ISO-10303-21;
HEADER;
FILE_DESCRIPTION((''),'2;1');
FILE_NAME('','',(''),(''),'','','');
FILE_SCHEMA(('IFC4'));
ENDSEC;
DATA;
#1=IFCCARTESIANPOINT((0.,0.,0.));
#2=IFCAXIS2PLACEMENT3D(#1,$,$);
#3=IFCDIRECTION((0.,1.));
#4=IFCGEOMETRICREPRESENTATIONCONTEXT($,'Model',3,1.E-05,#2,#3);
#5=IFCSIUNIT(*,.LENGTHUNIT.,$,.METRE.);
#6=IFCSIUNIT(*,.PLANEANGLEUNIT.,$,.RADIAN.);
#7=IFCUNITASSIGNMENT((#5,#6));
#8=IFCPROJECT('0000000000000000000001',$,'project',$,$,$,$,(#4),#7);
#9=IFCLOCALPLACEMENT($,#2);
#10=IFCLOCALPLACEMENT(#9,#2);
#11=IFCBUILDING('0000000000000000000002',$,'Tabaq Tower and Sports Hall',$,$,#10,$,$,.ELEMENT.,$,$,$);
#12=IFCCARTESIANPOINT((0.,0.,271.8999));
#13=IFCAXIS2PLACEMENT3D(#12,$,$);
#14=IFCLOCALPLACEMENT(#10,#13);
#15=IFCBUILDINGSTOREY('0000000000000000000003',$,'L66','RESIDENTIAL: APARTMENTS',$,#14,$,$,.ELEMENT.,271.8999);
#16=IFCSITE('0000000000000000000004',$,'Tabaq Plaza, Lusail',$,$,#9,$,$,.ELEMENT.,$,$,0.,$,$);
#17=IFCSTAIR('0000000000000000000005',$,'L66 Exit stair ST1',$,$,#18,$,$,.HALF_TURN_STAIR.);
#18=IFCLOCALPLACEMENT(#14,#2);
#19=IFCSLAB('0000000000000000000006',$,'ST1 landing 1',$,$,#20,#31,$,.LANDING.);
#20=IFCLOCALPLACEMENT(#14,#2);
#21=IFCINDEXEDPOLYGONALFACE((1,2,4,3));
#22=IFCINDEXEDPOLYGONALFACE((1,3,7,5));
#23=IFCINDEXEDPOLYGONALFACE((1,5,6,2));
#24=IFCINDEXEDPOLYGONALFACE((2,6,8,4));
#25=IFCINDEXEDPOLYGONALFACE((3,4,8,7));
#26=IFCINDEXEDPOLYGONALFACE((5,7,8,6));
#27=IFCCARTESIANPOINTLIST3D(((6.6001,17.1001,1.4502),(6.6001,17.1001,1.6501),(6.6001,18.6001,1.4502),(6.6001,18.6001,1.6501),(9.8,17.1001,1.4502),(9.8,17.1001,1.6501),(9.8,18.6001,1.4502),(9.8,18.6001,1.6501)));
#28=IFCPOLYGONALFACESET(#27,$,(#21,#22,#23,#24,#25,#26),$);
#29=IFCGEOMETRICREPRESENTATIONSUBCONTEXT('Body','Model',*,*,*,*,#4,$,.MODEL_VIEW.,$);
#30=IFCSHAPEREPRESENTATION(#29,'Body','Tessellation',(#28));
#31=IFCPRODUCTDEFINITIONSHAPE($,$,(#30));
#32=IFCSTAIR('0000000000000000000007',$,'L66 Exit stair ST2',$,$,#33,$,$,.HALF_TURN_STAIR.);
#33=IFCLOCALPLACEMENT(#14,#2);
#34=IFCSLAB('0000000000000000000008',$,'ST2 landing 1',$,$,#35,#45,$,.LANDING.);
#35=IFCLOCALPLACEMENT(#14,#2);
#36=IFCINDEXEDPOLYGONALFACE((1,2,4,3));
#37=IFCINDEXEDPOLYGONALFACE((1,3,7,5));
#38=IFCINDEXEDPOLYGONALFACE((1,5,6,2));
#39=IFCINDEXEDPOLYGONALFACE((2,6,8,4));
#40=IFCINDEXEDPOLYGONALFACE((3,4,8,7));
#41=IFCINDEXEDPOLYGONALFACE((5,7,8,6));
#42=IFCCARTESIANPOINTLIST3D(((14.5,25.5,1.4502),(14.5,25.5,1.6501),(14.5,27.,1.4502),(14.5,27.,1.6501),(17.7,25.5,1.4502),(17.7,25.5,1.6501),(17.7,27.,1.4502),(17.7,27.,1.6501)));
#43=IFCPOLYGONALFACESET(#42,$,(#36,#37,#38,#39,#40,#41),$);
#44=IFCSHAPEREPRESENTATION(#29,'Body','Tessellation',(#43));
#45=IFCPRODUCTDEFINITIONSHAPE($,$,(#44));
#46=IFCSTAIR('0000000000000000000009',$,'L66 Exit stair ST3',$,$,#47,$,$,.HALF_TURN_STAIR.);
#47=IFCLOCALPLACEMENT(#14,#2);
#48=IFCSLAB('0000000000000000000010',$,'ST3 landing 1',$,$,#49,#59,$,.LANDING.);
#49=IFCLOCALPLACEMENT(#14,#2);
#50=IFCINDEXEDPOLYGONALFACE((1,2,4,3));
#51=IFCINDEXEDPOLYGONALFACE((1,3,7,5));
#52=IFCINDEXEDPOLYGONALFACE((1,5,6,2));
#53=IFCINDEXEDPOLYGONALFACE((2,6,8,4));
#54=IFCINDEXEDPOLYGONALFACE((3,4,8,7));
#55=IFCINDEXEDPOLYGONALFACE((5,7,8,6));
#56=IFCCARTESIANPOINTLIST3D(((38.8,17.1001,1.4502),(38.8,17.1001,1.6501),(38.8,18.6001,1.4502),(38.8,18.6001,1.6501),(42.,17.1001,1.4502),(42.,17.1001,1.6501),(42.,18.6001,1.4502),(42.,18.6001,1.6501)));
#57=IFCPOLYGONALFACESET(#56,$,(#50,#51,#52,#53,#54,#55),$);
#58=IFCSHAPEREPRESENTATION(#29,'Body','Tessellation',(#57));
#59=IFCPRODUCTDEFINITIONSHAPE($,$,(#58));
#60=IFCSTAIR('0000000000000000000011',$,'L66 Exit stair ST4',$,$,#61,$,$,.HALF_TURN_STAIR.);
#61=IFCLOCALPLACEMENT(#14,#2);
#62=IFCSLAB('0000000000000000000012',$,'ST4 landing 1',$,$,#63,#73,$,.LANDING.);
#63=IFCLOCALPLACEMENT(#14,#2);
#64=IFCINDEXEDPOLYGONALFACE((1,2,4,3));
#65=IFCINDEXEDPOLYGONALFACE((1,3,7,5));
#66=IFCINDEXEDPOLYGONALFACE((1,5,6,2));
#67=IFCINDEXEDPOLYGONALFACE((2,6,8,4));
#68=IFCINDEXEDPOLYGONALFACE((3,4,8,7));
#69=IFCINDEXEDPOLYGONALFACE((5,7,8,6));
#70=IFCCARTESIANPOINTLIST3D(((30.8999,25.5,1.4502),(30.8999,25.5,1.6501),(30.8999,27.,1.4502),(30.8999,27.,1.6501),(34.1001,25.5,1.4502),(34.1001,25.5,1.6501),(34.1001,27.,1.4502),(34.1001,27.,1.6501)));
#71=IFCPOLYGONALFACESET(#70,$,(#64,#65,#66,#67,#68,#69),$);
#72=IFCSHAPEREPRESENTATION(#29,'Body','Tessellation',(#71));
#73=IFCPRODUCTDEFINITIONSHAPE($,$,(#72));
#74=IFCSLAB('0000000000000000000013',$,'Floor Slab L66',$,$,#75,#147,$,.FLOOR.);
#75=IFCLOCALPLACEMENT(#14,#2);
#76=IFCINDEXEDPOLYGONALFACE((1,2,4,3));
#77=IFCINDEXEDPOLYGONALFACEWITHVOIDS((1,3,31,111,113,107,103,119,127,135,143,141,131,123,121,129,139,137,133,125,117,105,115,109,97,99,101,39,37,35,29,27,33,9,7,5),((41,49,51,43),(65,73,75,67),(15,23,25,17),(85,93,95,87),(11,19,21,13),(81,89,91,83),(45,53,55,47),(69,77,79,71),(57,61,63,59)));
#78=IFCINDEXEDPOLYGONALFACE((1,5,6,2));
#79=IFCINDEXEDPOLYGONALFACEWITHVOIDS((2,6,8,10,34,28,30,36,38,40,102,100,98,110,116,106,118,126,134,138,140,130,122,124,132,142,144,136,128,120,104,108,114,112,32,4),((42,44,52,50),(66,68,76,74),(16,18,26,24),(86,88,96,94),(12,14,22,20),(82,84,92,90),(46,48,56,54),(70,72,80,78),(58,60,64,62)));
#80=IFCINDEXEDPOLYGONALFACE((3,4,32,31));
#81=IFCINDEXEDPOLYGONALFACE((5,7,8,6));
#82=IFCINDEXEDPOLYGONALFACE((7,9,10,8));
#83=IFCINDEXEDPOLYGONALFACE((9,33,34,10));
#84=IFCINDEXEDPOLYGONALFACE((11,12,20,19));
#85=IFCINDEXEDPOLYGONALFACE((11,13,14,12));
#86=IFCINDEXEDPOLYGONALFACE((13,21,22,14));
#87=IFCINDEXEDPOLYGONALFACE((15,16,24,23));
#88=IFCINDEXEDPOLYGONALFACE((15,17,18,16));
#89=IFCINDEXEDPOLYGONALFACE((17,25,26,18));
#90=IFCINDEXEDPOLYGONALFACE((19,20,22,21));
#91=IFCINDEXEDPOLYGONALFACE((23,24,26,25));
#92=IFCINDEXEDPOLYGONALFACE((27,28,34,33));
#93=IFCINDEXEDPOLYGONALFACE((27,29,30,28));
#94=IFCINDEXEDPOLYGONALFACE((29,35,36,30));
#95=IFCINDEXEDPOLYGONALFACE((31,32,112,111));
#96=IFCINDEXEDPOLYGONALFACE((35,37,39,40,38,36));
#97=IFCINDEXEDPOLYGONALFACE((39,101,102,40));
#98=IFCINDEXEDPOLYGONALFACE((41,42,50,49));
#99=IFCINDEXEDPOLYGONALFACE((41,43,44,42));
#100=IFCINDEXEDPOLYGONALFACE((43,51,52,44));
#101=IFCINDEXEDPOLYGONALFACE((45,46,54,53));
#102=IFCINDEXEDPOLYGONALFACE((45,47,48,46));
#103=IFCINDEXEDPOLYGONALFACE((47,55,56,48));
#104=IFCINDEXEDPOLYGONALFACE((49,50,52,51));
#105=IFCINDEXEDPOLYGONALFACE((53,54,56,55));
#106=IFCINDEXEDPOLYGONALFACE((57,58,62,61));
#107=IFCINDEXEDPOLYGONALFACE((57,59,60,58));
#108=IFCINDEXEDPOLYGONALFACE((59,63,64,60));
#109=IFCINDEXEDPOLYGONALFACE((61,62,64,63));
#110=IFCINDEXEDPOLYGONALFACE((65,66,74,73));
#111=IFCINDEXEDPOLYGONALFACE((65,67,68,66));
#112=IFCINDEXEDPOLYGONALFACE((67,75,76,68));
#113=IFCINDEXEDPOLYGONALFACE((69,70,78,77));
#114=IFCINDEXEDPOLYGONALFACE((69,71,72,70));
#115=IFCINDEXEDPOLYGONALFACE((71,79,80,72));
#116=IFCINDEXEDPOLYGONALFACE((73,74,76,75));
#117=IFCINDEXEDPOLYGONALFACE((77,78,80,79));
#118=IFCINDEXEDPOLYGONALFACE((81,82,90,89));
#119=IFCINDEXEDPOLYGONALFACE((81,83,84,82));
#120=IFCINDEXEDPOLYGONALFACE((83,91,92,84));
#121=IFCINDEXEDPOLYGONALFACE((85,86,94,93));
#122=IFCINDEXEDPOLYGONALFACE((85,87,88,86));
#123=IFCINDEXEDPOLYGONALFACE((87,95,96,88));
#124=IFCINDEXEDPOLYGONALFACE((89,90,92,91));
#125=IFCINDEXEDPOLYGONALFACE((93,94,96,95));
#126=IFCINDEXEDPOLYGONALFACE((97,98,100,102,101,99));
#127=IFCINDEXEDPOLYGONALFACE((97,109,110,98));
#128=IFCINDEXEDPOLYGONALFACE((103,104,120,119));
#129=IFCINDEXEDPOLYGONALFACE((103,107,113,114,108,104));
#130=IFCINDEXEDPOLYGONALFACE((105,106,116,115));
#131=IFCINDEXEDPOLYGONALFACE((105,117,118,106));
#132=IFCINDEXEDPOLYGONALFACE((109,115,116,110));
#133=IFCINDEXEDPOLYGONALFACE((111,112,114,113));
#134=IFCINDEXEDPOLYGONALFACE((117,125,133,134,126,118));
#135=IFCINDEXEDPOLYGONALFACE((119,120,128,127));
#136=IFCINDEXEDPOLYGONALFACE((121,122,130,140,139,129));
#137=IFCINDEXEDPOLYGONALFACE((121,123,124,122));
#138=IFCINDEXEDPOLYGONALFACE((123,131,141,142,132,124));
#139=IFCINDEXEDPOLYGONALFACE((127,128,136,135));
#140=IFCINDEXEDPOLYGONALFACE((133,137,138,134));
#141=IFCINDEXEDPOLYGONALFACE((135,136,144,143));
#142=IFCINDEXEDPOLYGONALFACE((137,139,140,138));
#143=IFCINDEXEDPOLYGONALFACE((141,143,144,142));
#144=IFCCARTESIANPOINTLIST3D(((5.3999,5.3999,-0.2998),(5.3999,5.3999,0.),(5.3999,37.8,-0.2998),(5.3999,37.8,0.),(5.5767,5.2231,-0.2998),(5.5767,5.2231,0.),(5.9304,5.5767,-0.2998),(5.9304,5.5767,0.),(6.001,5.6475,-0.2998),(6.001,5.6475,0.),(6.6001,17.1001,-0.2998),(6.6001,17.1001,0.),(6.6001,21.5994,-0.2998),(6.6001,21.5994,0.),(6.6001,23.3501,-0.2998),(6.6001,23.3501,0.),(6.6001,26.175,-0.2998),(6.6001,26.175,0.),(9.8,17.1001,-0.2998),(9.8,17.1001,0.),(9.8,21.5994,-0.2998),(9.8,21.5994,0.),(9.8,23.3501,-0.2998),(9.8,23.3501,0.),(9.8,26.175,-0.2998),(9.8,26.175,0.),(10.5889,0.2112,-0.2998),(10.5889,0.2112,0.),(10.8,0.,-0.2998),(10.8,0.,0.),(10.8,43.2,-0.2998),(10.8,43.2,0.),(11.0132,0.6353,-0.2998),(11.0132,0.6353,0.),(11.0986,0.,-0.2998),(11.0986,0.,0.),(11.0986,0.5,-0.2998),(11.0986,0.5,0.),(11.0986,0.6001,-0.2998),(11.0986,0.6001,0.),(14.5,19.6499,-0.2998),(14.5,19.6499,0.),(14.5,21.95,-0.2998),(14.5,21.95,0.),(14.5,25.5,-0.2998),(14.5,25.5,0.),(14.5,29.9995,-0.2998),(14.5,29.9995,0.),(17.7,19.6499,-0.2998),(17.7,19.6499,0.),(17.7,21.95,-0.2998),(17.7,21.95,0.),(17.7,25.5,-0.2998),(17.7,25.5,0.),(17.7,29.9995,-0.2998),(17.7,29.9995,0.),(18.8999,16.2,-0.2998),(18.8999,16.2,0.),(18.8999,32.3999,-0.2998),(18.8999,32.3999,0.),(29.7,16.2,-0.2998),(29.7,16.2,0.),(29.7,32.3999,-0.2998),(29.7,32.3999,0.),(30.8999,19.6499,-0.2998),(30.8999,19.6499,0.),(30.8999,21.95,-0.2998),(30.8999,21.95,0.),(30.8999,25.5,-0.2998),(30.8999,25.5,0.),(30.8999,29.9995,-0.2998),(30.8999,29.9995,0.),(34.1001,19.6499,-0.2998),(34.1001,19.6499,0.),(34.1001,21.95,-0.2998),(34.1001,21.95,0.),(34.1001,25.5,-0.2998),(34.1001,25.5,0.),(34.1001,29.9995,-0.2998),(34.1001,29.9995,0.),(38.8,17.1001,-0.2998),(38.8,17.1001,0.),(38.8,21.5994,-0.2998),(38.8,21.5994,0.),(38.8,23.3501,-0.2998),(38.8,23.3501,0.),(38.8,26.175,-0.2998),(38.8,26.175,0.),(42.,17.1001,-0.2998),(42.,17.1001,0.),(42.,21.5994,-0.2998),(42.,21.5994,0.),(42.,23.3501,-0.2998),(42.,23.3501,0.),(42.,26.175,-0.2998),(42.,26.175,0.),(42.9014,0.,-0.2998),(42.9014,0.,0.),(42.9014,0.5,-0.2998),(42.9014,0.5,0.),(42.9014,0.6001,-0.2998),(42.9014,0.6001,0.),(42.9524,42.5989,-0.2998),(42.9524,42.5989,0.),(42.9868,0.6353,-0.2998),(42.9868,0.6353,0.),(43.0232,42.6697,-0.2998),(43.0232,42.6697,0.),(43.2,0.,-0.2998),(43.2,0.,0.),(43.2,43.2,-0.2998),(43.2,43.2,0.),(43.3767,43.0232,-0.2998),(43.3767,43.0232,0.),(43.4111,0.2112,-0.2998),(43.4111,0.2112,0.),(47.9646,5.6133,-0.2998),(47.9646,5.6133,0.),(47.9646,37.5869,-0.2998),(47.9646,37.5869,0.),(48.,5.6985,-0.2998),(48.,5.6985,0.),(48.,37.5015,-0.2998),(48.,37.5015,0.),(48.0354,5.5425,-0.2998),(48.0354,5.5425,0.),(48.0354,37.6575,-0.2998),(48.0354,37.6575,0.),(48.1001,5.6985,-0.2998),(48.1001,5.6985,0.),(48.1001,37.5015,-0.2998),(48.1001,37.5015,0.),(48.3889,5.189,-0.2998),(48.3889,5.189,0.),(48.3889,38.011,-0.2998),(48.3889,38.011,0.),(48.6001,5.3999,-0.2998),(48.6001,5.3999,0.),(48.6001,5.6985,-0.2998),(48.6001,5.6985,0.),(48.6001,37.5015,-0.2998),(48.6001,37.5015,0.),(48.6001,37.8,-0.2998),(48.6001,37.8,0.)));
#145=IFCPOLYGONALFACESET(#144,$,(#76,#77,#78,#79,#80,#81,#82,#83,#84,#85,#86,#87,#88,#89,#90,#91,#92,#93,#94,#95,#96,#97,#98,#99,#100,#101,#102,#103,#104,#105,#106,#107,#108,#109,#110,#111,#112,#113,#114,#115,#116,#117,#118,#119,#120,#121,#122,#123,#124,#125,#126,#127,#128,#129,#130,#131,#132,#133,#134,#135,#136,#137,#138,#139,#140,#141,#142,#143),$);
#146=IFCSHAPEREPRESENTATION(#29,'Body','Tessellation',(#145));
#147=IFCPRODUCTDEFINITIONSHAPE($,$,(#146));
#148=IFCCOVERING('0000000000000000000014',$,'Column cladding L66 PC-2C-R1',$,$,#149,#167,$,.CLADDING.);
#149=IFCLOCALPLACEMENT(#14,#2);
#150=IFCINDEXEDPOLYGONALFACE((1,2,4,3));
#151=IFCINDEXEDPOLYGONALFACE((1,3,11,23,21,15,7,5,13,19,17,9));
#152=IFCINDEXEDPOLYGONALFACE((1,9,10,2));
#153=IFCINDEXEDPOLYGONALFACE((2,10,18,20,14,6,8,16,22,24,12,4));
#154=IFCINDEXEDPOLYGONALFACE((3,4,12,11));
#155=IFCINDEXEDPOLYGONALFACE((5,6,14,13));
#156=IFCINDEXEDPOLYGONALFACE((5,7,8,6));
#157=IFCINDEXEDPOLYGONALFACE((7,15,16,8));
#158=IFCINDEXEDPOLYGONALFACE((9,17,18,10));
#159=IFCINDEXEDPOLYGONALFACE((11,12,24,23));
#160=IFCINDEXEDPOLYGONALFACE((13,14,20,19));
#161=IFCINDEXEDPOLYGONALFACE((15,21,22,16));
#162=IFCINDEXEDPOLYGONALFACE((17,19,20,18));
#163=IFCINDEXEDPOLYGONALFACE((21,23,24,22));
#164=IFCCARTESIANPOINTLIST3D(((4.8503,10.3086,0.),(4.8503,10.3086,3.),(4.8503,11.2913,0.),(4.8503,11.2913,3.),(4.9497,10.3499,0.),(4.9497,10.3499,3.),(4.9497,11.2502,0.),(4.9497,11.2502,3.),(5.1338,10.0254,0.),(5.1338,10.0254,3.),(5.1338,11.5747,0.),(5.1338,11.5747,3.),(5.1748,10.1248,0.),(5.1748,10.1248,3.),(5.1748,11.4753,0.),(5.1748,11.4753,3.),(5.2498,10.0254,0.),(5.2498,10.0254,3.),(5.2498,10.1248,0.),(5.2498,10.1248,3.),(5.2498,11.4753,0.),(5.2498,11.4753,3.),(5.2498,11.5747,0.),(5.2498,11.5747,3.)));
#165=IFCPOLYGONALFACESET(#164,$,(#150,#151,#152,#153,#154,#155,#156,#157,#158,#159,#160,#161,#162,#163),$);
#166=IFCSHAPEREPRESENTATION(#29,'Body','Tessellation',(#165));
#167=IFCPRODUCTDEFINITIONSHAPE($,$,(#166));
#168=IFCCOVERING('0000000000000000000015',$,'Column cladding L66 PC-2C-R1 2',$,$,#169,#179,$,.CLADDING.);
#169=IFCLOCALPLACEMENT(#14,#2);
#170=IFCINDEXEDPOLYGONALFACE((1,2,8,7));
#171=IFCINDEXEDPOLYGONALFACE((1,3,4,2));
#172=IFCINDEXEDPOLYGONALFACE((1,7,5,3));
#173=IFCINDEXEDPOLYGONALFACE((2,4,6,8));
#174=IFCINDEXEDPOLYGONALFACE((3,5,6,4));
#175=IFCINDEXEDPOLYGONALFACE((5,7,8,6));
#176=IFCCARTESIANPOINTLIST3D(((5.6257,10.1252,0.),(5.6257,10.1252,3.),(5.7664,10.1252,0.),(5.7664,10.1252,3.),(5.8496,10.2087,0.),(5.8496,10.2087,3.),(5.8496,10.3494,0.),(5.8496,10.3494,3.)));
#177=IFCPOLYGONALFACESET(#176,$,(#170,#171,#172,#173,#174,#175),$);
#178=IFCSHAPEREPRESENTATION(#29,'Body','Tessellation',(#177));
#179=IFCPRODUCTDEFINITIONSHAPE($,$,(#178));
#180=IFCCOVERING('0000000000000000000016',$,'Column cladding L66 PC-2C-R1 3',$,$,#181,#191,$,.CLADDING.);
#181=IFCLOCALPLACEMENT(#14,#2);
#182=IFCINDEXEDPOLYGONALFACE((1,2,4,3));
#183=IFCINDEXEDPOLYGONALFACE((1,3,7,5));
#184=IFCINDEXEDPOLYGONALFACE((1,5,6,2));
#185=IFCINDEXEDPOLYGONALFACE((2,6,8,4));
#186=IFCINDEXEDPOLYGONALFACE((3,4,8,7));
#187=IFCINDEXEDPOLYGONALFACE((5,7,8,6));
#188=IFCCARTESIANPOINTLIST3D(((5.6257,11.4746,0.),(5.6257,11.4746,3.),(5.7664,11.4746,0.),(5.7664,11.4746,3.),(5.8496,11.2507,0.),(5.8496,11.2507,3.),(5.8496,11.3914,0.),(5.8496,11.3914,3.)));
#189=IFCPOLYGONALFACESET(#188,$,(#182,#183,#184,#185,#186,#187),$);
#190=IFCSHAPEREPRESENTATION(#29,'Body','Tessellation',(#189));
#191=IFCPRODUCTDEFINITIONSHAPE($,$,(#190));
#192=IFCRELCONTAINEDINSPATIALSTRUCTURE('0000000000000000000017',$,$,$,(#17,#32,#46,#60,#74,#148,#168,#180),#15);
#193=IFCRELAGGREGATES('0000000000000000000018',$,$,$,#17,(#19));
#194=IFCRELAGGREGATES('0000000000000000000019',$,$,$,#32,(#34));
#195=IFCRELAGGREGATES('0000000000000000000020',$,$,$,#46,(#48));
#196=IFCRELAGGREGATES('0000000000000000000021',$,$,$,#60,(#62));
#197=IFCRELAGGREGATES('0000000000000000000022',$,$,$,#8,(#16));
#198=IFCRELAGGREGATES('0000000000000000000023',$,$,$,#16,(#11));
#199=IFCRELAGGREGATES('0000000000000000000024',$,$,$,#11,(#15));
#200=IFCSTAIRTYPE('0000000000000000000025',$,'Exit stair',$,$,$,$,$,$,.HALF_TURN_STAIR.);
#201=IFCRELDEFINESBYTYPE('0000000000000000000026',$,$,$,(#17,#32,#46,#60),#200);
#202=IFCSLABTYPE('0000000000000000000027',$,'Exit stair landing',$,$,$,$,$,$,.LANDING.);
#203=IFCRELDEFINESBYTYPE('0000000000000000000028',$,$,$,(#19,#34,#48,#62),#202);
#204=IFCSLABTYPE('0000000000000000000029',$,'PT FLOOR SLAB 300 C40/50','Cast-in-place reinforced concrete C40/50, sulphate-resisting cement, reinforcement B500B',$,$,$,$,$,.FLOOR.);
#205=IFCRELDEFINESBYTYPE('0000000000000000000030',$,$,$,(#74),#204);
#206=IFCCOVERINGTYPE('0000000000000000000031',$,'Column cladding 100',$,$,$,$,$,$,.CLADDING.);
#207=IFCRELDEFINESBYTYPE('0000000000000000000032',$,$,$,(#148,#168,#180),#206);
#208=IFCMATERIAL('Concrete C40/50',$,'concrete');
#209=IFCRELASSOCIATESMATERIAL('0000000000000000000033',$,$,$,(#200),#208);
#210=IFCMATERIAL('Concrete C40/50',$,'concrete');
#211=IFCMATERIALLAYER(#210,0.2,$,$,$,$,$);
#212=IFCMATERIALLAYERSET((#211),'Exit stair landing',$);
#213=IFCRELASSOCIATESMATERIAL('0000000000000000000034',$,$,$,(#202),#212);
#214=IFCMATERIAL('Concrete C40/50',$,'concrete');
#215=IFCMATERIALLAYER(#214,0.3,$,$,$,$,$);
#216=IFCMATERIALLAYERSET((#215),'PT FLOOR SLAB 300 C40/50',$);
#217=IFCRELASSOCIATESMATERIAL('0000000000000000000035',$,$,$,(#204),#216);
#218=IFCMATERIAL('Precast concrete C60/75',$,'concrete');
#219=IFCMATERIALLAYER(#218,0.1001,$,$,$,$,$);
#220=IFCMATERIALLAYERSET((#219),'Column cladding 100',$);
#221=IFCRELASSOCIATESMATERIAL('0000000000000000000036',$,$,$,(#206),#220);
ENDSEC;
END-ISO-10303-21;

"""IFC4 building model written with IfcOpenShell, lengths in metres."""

from ifc_helpers import new_model, si_unit, direction, frame, origin, place, context, subcontext, project, spatial, polyline, outline, extrude, material, layer, layer_set, type_object, element, aggregate, save


model = new_model("IFC4")

# Units and contexts
model_context = context("Model", 3, precision=1e-05, world=origin(), true_north=direction((0.0, 1.0)))
body_context = subcontext(model_context, "Body", "Model", "MODEL_VIEW")
ifc_project = project(units=[si_unit("LENGTHUNIT", "METRE"), si_unit("PLANEANGLEUNIT", "RADIAN")], contexts=[model_context])

# Site, building, storey
site_placement = place(None, origin())
site = spatial("IfcSite", under=ifc_project, at=site_placement, Name="Tabaq Plaza, Lusail", CompositionType="ELEMENT", RefElevation=0.0)
building_placement = place(site_placement, origin())
building = spatial("IfcBuilding", under=site, at=building_placement, Name="Tabaq Tower and Sports Hall", CompositionType="ELEMENT")
storey_placement = place(building_placement, frame((0.0, 0.0, 271.8999)))
storey = spatial("IfcBuildingStorey", under=building, at=storey_placement, Name="L66", Description="RESIDENTIAL: APARTMENTS", CompositionType="ELEMENT", Elevation=271.8999)

# Stairs, slabs
ifc_material_1 = material(Name="Concrete C40/50", Category="concrete")
stair_type = type_object("IfcStairType", Name="Exit stair", PredefinedType="HALF_TURN_STAIR", material=ifc_material_1)
stair_1_placement = place(storey_placement, origin())
stair_1 = element("IfcStair", 1, at=stair_1_placement, inside=storey, type_object=stair_type, Name="L66 Exit stair ST1", PredefinedType="HALF_TURN_STAIR")
ifc_material_2 = material(Name="Concrete C40/50", Category="concrete")
ifc_layer_1 = layer(ifc_material_2, 0.2)
ifc_layer_set_1 = layer_set([ifc_layer_1], Name="Exit stair landing")
slab_type_1 = type_object("IfcSlabType", Name="Exit stair landing", PredefinedType="LANDING", material=ifc_layer_set_1)
slab_1_placement = place(storey_placement, frame((0.0, 0.0, 1.4502)))
slab_1 = element("IfcSlab", 2, at=slab_1_placement, type_object=slab_type_1, Name="ST1 landing 1", PredefinedType="LANDING", context=body_context, shape_type="SweptSolid", body=[
    extrude(outline(polyline([(6.6001, 18.6001), (6.6001, 17.1001), (9.8, 17.1001), (9.8, 18.6001), (6.6001, 18.6001)])), origin(), (0.0, 0.0, 1.0), 0.2),
])
aggregate(stair_1, [slab_1])
stair_2_placement = place(storey_placement, origin())
stair_2 = element("IfcStair", 3, at=stair_2_placement, inside=storey, type_object=stair_type, Name="L66 Exit stair ST2", PredefinedType="HALF_TURN_STAIR")
slab_2_placement = place(storey_placement, frame((0.0, 0.0, 1.4502)))
slab_2 = element("IfcSlab", 4, at=slab_2_placement, type_object=slab_type_1, Name="ST2 landing 1", PredefinedType="LANDING", context=body_context, shape_type="SweptSolid", body=[
    extrude(outline(polyline([(14.5, 27.0), (14.5, 25.5), (17.7, 25.5), (17.7, 27.0), (14.5, 27.0)])), origin(), (0.0, 0.0, 1.0), 0.2),
])
aggregate(stair_2, [slab_2])
stair_3_placement = place(storey_placement, origin())
stair_3 = element("IfcStair", 5, at=stair_3_placement, inside=storey, type_object=stair_type, Name="L66 Exit stair ST3", PredefinedType="HALF_TURN_STAIR")
slab_3_placement = place(storey_placement, frame((0.0, 0.0, 1.4502)))
slab_3 = element("IfcSlab", 6, at=slab_3_placement, type_object=slab_type_1, Name="ST3 landing 1", PredefinedType="LANDING", context=body_context, shape_type="SweptSolid", body=[
    extrude(outline(polyline([(38.8, 18.6001), (38.8, 17.1001), (42.0, 17.1001), (42.0, 18.6001), (38.8, 18.6001)])), origin(), (0.0, 0.0, 1.0), 0.2),
])
aggregate(stair_3, [slab_3])
stair_4_placement = place(storey_placement, origin())
stair_4 = element("IfcStair", 7, at=stair_4_placement, inside=storey, type_object=stair_type, Name="L66 Exit stair ST4", PredefinedType="HALF_TURN_STAIR")
slab_4_placement = place(storey_placement, frame((0.0, 0.0, 1.4502)))
slab_4 = element("IfcSlab", 8, at=slab_4_placement, type_object=slab_type_1, Name="ST4 landing 1", PredefinedType="LANDING", context=body_context, shape_type="SweptSolid", body=[
    extrude(outline(polyline([(30.8999, 27.0), (30.8999, 25.5), (34.1001, 25.5), (34.1001, 27.0), (30.8999, 27.0)])), origin(), (0.0, 0.0, 1.0), 0.2),
])
aggregate(stair_4, [slab_4])

# Slab
ifc_material_3 = material(Name="Concrete C40/50", Category="concrete")
ifc_layer_2 = layer(ifc_material_3, 0.3)
ifc_layer_set_2 = layer_set([ifc_layer_2], Name="PT FLOOR SLAB 300 C40/50")
slab_type_2 = type_object("IfcSlabType", Name="PT FLOOR SLAB 300 C40/50", Description="Cast-in-place reinforced concrete C40/50, sulphate-resisting cement, reinforcement B500B", PredefinedType="FLOOR", material=ifc_layer_set_2)
slab_5_placement = place(storey_placement, frame((0.0, 0.0, -0.2998)))
element("IfcSlab", 9, at=slab_5_placement, inside=storey, type_object=slab_type_2, Name="Floor Slab L66", PredefinedType="FLOOR", context=body_context, shape_type="SweptSolid", body=[
    extrude(outline(polyline([(5.3999, 37.8), (5.3999, 5.3999), (5.5767, 5.2231), (5.9304, 5.5767), (6.001, 5.6475), (11.0132, 0.6353), (10.5889, 0.2112), (10.8, 0.0), (11.0986, 0.0), (11.0986, 0.5), (11.0986, 0.6001), (42.9014, 0.6001), (42.9014, 0.5), (42.9014, 0.0), (43.2, 0.0), (43.4111, 0.2112), (42.9868, 0.6353), (47.9646, 5.6133), (48.0354, 5.5425), (48.3889, 5.189), (48.6001, 5.3999), (48.6001, 5.6985), (48.1001, 5.6985), (48.0, 5.6985), (48.0, 37.5015), (48.1001, 37.5015), (48.6001, 37.5015), (48.6001, 37.8), (48.3889, 38.011), (48.0354, 37.6575), (47.9646, 37.5869), (42.9524, 42.5989), (43.0232, 42.6697), (43.3767, 43.0232), (43.2, 43.2), (10.8, 43.2), (5.3999, 37.8)]), holes=[polyline([(6.6001, 21.5994), (9.8, 21.5994), (9.8, 17.1001), (6.6001, 17.1001), (6.6001, 21.5994)]), polyline([(38.8, 21.5994), (42.0, 21.5994), (42.0, 17.1001), (38.8, 17.1001), (38.8, 21.5994)]), polyline([(14.5, 21.95), (17.7, 21.95), (17.7, 19.6499), (14.5, 19.6499), (14.5, 21.95)]), polyline([(30.8999, 21.95), (34.1001, 21.95), (34.1001, 19.6499), (30.8999, 19.6499), (30.8999, 21.95)]), polyline([(18.8999, 16.2), (18.8999, 32.3999), (29.7, 32.3999), (29.7, 16.2), (18.8999, 16.2)]), polyline([(6.6001, 26.175), (9.8, 26.175), (9.8, 23.3501), (6.6001, 23.3501), (6.6001, 26.175)]), polyline([(38.8, 26.175), (42.0, 26.175), (42.0, 23.3501), (38.8, 23.3501), (38.8, 26.175)]), polyline([(17.7, 29.9995), (17.7, 25.5), (14.5, 25.5), (14.5, 29.9995), (17.7, 29.9995)]), polyline([(34.1001, 29.9995), (34.1001, 25.5), (30.8999, 25.5), (30.8999, 29.9995), (34.1001, 29.9995)])]), origin(), (0.0, 0.0, 1.0), 0.2998),
])

# Coverings
ifc_material_4 = material(Name="Precast concrete C60/75", Category="concrete")
ifc_layer_3 = layer(ifc_material_4, 0.1001)
ifc_layer_set_3 = layer_set([ifc_layer_3], Name="Column cladding 100")
covering_type_1 = type_object("IfcCoveringType", Name="Column cladding 100", PredefinedType="CLADDING", material=ifc_layer_set_3)
covering_1_placement = place(storey_placement, origin())
element("IfcCovering", 10, at=covering_1_placement, inside=storey, type_object=covering_type_1, Name="Column cladding L66 PC-2C-R1", PredefinedType="CLADDING", context=body_context, shape_type="SweptSolid", body=[
    extrude(outline(polyline([(5.1338, 10.0254), (4.8503, 10.3086), (4.8503, 11.2913), (5.1338, 11.5747), (5.2498, 11.5747), (5.2498, 11.4753), (5.1748, 11.4753), (4.9497, 11.2502), (4.9497, 10.3499), (5.1748, 10.1248), (5.2498, 10.1248), (5.2498, 10.0254), (5.1338, 10.0254)])), origin(), (0.0, 0.0, 1.0), 3.0),
])
covering_2_placement = place(storey_placement, origin())
element("IfcCovering", 11, at=covering_2_placement, inside=storey, type_object=covering_type_1, Name="Column cladding L66 PC-2C-R1 2", PredefinedType="CLADDING", context=body_context, shape_type="SweptSolid", body=[
    extrude(outline(polyline([(5.7664, 10.1252), (5.6257, 10.1252), (5.8496, 10.3494), (5.8496, 10.2087), (5.7664, 10.1252)])), origin(), (0.0, 0.0, 1.0), 3.0),
])
covering_3_placement = place(storey_placement, origin())
element("IfcCovering", 12, at=covering_3_placement, inside=storey, type_object=covering_type_1, Name="Column cladding L66 PC-2C-R1 3", PredefinedType="CLADDING", context=body_context, shape_type="SweptSolid", body=[
    extrude(outline(polyline([(5.8496, 11.3914), (5.8496, 11.2507), (5.6257, 11.4746), (5.7664, 11.4746), (5.8496, 11.3914)])), origin(), (0.0, 0.0, 1.0), 3.0),
])

save(model, "model.ifc")
